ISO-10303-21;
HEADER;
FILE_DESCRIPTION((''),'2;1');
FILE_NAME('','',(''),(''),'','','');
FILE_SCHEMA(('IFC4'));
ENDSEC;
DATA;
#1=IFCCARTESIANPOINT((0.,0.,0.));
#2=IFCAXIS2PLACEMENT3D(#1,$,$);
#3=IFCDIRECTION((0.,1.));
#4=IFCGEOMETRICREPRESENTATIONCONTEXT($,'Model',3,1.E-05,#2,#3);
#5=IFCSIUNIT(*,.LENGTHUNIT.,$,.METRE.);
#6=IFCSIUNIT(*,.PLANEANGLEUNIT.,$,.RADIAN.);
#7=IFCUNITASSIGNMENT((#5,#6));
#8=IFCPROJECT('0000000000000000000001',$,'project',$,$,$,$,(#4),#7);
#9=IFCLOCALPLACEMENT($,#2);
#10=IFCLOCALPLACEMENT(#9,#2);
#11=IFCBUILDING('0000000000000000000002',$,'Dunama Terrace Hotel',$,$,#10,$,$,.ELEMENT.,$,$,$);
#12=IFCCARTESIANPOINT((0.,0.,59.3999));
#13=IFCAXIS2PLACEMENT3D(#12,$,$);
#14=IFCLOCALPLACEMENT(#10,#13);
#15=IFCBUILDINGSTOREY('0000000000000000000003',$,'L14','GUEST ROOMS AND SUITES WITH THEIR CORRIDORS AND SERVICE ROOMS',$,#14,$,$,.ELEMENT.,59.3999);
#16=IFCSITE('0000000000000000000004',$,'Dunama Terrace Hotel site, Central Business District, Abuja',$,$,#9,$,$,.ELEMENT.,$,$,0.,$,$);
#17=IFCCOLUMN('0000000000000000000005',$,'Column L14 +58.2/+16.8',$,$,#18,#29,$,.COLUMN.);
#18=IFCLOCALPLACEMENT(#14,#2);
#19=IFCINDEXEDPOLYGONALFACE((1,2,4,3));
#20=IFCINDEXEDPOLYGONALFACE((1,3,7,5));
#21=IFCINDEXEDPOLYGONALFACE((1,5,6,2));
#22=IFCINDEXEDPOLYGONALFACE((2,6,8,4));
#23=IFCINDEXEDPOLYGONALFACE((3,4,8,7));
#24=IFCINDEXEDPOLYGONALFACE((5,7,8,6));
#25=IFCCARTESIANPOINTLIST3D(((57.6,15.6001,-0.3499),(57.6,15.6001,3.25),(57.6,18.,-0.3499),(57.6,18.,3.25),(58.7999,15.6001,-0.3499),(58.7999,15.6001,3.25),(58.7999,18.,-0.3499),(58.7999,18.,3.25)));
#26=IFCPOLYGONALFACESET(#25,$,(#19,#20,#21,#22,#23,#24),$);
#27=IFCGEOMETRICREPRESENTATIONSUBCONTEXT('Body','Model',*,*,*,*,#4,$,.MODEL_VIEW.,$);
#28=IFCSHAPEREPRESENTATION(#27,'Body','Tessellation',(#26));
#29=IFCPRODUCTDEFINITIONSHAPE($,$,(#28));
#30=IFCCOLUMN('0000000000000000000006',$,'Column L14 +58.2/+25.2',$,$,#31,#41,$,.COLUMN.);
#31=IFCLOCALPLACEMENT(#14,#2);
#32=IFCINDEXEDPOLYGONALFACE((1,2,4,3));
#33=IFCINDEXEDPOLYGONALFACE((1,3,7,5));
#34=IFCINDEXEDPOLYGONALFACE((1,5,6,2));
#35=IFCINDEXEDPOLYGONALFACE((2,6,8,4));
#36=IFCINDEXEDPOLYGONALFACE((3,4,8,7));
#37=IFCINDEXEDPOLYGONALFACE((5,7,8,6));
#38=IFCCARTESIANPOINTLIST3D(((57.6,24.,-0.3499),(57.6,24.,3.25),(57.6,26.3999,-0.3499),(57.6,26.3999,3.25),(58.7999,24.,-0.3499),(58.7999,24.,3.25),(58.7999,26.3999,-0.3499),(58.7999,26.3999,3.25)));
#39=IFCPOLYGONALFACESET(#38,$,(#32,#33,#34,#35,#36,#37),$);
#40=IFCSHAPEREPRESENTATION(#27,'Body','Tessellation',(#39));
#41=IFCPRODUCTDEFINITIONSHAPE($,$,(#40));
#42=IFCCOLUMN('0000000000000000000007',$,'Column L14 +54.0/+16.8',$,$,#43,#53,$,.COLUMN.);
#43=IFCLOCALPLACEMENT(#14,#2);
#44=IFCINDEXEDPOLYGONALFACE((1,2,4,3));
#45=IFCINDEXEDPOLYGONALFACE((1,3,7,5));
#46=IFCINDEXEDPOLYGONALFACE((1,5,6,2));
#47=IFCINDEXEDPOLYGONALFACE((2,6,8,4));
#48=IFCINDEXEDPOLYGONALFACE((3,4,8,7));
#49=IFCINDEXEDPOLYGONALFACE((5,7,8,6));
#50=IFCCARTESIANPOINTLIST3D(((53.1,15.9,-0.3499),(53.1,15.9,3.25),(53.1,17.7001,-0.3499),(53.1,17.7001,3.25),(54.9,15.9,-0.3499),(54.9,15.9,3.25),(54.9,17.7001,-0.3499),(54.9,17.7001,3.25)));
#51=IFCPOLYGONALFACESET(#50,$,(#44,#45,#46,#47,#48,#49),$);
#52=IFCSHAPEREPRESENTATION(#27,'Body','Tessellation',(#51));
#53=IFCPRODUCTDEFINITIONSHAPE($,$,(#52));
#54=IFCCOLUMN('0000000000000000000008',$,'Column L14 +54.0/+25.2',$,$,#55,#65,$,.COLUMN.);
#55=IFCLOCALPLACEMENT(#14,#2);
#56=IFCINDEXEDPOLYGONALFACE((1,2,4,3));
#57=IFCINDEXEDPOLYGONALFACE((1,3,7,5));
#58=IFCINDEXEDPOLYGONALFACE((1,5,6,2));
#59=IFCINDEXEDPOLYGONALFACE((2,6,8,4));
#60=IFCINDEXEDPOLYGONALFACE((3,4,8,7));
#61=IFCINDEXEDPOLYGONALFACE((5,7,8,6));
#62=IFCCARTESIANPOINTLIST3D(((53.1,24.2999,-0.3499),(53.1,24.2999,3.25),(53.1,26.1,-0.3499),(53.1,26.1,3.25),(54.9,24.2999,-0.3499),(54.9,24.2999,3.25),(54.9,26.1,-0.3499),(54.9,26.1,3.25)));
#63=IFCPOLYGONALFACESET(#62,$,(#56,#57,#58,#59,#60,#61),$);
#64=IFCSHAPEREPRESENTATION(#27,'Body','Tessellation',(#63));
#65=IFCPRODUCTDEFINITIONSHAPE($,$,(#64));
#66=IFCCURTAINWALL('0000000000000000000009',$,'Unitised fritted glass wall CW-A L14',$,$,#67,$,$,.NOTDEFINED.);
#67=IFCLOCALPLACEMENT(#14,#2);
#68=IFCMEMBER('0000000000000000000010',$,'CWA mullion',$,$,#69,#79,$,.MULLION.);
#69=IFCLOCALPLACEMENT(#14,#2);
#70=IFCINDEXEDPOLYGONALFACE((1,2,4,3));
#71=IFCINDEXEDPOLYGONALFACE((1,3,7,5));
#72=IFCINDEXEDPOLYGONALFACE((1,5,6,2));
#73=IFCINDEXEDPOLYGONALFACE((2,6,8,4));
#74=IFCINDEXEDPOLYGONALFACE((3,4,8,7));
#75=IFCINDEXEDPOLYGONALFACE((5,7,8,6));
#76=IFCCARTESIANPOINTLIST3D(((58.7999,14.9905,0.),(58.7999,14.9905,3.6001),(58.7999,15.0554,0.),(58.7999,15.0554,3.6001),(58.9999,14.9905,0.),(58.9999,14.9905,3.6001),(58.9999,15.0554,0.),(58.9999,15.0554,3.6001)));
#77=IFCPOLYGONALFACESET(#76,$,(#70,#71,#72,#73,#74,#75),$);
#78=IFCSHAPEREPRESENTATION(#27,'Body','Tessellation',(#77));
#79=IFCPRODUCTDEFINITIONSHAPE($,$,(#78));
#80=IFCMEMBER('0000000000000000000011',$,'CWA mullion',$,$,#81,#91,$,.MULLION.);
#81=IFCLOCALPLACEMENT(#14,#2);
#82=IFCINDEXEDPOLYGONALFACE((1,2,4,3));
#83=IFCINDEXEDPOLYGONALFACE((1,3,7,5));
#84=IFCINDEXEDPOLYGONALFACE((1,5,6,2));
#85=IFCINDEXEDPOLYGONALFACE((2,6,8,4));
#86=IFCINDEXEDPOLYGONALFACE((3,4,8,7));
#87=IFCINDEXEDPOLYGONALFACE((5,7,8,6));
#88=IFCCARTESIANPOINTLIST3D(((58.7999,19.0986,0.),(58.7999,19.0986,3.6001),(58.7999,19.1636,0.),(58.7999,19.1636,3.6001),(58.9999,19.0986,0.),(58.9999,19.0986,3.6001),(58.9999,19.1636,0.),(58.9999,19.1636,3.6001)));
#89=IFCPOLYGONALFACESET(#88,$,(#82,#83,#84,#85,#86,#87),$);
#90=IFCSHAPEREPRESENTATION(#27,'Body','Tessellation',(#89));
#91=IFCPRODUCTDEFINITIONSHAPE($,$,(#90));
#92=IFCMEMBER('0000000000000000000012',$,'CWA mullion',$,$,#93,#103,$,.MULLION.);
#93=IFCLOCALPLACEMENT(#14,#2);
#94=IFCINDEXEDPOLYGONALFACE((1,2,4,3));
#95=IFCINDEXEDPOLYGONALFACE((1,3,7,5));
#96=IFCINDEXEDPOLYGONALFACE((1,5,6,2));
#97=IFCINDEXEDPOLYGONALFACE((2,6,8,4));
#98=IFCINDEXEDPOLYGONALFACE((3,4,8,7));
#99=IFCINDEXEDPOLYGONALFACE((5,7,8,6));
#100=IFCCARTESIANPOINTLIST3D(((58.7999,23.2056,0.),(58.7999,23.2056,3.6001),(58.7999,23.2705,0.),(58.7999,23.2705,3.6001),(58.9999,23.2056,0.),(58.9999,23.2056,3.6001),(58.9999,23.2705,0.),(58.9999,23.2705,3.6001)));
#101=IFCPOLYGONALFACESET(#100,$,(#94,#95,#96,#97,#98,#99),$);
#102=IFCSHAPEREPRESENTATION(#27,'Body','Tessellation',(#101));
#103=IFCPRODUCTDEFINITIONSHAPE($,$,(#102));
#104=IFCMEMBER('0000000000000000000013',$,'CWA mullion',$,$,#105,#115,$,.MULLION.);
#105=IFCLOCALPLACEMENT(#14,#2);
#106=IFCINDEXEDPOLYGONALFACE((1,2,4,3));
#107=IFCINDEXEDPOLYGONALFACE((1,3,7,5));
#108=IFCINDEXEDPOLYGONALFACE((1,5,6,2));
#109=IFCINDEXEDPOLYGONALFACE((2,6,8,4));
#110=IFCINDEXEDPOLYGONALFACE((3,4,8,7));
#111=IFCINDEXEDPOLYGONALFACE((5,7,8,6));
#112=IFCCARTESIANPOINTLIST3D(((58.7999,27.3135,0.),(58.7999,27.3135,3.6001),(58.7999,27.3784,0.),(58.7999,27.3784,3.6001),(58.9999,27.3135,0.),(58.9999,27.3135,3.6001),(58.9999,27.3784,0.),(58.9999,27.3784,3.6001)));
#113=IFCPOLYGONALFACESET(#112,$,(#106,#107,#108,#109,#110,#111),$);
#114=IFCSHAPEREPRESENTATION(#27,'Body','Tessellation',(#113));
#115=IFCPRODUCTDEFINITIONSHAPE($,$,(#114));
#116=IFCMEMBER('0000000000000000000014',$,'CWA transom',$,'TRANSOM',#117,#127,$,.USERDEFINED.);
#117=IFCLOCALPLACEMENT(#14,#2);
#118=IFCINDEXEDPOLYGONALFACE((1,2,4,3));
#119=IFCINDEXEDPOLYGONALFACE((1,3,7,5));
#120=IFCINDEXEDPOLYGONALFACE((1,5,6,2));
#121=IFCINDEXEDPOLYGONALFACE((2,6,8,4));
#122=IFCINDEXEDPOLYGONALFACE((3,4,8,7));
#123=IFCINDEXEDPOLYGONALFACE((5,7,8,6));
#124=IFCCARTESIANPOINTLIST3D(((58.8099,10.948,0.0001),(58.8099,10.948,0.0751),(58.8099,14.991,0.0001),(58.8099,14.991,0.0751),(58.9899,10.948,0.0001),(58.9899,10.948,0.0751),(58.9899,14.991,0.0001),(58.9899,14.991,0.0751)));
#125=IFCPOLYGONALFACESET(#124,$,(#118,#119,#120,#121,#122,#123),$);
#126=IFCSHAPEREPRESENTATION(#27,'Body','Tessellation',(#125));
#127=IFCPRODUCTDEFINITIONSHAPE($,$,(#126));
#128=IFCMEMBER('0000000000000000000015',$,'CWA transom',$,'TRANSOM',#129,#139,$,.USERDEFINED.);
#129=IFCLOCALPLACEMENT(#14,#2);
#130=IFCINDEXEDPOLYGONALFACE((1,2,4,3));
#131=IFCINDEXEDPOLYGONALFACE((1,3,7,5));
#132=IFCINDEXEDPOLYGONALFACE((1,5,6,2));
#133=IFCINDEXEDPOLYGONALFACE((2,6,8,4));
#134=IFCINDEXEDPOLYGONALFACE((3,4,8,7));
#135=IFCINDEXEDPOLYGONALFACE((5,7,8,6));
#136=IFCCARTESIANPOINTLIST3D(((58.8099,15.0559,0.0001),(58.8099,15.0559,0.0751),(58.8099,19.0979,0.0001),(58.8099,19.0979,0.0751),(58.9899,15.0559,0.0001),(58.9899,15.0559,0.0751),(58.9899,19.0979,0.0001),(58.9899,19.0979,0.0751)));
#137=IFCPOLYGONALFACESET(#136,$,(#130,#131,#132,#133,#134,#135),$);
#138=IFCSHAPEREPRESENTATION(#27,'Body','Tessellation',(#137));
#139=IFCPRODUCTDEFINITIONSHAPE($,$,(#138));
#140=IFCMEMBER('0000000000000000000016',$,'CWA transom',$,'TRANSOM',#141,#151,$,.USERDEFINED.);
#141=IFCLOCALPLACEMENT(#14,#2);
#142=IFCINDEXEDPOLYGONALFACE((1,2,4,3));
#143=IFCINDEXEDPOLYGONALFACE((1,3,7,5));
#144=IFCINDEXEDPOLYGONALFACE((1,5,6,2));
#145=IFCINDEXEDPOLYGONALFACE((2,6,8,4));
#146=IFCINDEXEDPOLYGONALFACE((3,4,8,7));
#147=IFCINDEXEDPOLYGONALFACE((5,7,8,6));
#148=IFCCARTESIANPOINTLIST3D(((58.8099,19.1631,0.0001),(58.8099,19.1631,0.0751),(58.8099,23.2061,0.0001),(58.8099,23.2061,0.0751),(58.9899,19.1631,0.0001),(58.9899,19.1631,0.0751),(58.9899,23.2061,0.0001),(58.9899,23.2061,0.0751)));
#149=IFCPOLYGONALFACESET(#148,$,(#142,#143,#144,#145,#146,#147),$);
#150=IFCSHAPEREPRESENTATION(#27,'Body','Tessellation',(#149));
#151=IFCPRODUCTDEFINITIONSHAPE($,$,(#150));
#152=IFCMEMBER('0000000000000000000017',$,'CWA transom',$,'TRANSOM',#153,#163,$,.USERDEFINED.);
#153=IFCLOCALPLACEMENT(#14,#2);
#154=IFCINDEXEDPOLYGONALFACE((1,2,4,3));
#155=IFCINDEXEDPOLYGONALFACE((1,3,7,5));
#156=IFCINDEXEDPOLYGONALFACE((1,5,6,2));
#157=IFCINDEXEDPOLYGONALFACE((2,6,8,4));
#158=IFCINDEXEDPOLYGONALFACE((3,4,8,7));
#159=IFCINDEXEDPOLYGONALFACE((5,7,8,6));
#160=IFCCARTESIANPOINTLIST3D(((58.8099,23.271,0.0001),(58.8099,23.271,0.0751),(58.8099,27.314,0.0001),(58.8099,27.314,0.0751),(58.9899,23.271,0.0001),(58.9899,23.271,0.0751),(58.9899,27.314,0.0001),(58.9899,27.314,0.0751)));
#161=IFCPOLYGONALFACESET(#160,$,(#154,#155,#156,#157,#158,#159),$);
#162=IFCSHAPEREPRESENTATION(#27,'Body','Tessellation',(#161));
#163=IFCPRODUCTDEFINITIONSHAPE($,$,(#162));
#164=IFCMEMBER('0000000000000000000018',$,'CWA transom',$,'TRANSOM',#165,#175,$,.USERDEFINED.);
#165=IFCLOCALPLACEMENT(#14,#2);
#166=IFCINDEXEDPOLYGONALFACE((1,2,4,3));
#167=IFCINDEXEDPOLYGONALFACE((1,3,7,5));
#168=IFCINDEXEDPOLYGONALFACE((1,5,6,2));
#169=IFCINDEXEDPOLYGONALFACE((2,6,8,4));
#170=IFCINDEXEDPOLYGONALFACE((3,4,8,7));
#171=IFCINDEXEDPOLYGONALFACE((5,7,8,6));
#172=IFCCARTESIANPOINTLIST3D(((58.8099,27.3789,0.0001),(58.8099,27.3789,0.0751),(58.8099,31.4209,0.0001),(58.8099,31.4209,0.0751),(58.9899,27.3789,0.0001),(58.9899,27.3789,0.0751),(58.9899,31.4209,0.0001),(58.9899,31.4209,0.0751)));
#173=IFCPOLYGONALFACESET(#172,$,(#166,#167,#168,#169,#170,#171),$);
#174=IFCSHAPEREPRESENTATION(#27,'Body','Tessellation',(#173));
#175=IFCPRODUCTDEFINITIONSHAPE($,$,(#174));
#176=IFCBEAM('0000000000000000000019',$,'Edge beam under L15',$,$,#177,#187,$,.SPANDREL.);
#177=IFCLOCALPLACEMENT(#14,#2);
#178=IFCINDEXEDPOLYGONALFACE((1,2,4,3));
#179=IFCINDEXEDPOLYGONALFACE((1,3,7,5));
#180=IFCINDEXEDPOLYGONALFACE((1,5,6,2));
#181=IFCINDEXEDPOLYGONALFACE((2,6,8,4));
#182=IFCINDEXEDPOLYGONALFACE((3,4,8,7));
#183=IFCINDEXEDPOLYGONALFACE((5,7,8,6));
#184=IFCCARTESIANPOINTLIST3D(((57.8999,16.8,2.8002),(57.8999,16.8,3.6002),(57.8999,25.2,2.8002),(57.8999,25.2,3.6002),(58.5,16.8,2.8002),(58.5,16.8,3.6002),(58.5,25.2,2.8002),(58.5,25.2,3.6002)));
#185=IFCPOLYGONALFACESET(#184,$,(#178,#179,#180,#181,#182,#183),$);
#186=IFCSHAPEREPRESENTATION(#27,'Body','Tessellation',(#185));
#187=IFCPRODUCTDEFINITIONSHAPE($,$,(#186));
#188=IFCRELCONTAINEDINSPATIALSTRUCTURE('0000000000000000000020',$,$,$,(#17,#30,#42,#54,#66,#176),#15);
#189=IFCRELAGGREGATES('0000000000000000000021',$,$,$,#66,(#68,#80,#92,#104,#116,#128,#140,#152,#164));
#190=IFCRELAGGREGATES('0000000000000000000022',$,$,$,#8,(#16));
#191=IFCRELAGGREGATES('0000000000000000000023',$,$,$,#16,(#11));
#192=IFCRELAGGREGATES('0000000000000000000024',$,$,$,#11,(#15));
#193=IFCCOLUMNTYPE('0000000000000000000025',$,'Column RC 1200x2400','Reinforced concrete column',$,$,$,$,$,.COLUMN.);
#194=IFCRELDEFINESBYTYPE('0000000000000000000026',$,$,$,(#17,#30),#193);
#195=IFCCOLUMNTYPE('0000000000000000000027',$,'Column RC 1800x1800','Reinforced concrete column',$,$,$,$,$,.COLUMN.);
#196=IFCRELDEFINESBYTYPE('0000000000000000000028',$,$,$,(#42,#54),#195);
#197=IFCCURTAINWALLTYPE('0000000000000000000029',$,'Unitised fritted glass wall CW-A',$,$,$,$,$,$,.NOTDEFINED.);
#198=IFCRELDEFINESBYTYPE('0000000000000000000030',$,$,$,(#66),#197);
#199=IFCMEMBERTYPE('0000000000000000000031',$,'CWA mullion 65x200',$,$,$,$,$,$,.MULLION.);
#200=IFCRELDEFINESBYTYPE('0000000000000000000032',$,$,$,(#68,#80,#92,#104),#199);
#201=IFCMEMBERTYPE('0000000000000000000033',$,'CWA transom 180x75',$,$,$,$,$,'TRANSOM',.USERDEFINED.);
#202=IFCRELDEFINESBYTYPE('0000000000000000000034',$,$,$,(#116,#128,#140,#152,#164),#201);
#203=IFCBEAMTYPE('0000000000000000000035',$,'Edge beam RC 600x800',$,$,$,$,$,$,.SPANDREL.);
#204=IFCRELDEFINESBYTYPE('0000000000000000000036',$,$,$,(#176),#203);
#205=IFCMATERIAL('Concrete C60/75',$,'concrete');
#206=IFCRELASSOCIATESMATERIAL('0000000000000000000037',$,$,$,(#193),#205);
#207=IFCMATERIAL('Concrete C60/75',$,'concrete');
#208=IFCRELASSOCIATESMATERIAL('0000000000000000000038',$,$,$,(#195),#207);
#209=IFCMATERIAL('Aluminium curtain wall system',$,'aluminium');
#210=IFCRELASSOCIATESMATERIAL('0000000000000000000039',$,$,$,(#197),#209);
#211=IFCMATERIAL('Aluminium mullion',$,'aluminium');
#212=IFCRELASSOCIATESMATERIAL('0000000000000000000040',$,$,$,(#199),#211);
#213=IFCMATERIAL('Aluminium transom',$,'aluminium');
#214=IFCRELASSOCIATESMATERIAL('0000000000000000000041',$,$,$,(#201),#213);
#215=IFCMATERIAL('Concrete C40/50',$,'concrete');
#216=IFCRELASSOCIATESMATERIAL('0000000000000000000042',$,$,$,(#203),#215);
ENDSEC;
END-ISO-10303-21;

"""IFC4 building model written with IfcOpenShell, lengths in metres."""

from ifc_helpers import new_model, si_unit, direction, frame, origin, origin_2d, place, context, subcontext, project, spatial, rectangle, extrude, material, material_profile, profile_set, type_object, element, aggregate, save


model = new_model("IFC4")

# Units and contexts
model_context = context("Model", 3, precision=1e-05, world=origin(), true_north=direction((0.0, 1.0)))
body_context = subcontext(model_context, "Body", "Model", "MODEL_VIEW")
ifc_project = project(units=[si_unit("LENGTHUNIT", "METRE"), si_unit("PLANEANGLEUNIT", "RADIAN")], contexts=[model_context])

# Site, building, storey
site_placement = place(None, origin())
site = spatial("IfcSite", under=ifc_project, at=site_placement, Name="Dunama Terrace Hotel site, Central Business District, Abuja", CompositionType="ELEMENT", RefElevation=0.0)
building_placement = place(site_placement, origin())
building = spatial("IfcBuilding", under=site, at=building_placement, Name="Dunama Terrace Hotel", CompositionType="ELEMENT")
storey_placement = place(building_placement, frame((0.0, 0.0, 59.3999)))
storey = spatial("IfcBuildingStorey", under=building, at=storey_placement, Name="L14", Description="GUEST ROOMS AND SUITES WITH THEIR CORRIDORS AND SERVICE ROOMS", CompositionType="ELEMENT", Elevation=59.3999)

# Columns
ifc_material_1 = material(Name="Concrete C60/75", Category="concrete")
ifc_material_profile_1 = material_profile(ifc_material_1, rectangle(XDim=1.2, YDim=2.3999, at=origin_2d()), Name="RC 1200x2400")
ifc_profile_set_1 = profile_set([ifc_material_profile_1], Name="Concrete C60/75")
column_type_1 = type_object("IfcColumnType", Name="Column RC 1200x2400", Description="Reinforced concrete column", PredefinedType="COLUMN", material=ifc_profile_set_1)
for number, where, z_axis, x_axis, name in (
    (1, (58.2, 16.8, -0.3499), (0.0, 0.0, 1.0), (1.0, 0.0, 0.0), "Column L14 +58.2/+16.8"),
    (2, (58.2, 25.2, -0.3499), (0.0, 0.0, 1.0), (1.0, 0.0, 0.0), "Column L14 +58.2/+25.2"),
):
    element("IfcColumn", number, at=place(storey_placement, frame(where, z_axis=z_axis, x_axis=x_axis)), inside=storey, type_object=column_type_1, Name=name, PredefinedType="COLUMN", context=body_context, shape_type="SweptSolid", body=[
        extrude(rectangle(XDim=1.2, YDim=2.3999, at=origin_2d()), origin(), (0.0, 0.0, 1.0), 3.5999),
    ])
ifc_material_2 = material(Name="Concrete C60/75", Category="concrete")
ifc_material_profile_2 = material_profile(ifc_material_2, rectangle(XDim=1.8, YDim=1.8, at=origin_2d()), Name="RC 1800x1800")
ifc_profile_set_2 = profile_set([ifc_material_profile_2], Name="Concrete C60/75")
column_type_2 = type_object("IfcColumnType", Name="Column RC 1800x1800", Description="Reinforced concrete column", PredefinedType="COLUMN", material=ifc_profile_set_2)
for number, where, z_axis, x_axis, name in (
    (3, (54.0, 16.8, -0.3499), (0.0, 0.0, 1.0), (1.0, 0.0, 0.0), "Column L14 +54.0/+16.8"),
    (4, (54.0, 25.2, -0.3499), (0.0, 0.0, 1.0), (1.0, 0.0, 0.0), "Column L14 +54.0/+25.2"),
):
    element("IfcColumn", number, at=place(storey_placement, frame(where, z_axis=z_axis, x_axis=x_axis)), inside=storey, type_object=column_type_2, Name=name, PredefinedType="COLUMN", context=body_context, shape_type="SweptSolid", body=[
        extrude(rectangle(XDim=1.8, YDim=1.8, at=origin_2d()), origin(), (0.0, 0.0, 1.0), 3.5999),
    ])

# Curtain wall, members
ifc_material_3 = material(Name="Aluminium curtain wall system", Category="aluminium")
curtain_wall_type = type_object("IfcCurtainWallType", Name="Unitised fritted glass wall CW-A", PredefinedType="NOTDEFINED", material=ifc_material_3)
curtain_wall_placement = place(storey_placement, origin())
curtain_wall = element("IfcCurtainWall", 5, at=curtain_wall_placement, inside=storey, type_object=curtain_wall_type, Name="Unitised fritted glass wall CW-A L14", PredefinedType="NOTDEFINED")
ifc_material_4 = material(Name="Aluminium mullion", Category="aluminium")
ifc_material_profile_3 = material_profile(ifc_material_4, rectangle(XDim=0.0649, YDim=0.2, at=origin_2d()), Name="CWA MULLION 65X200")
ifc_profile_set_3 = profile_set([ifc_material_profile_3], Name="Aluminium mullion")
member_type_1 = type_object("IfcMemberType", Name="CWA mullion 65x200", PredefinedType="MULLION", material=ifc_profile_set_3)
member_1_placement = place(storey_placement, frame((58.8999, 15.0229, 0.0), z_axis=(0.0, 0.0, 1.0), x_axis=(0.0, 1.0, 0.0)))
member_1 = element("IfcMember", 6, at=member_1_placement, type_object=member_type_1, Name="CWA mullion", PredefinedType="MULLION", context=body_context, shape_type="SweptSolid", body=[
    extrude(rectangle(XDim=0.0649, YDim=0.2, at=origin_2d()), origin(), (0.0, 0.0, 1.0), 3.6001),
])
member_2_placement = place(storey_placement, frame((58.8999, 19.1311, 0.0), z_axis=(0.0, 0.0, 1.0), x_axis=(0.0, 1.0, 0.0)))
member_2 = element("IfcMember", 7, at=member_2_placement, type_object=member_type_1, Name="CWA mullion", PredefinedType="MULLION", context=body_context, shape_type="SweptSolid", body=[
    extrude(rectangle(XDim=0.0649, YDim=0.2, at=origin_2d()), origin(), (0.0, 0.0, 1.0), 3.6001),
])
member_3_placement = place(storey_placement, frame((58.8999, 23.238, 0.0), z_axis=(0.0, 0.0, 1.0), x_axis=(0.0, 1.0, 0.0)))
member_3 = element("IfcMember", 8, at=member_3_placement, type_object=member_type_1, Name="CWA mullion", PredefinedType="MULLION", context=body_context, shape_type="SweptSolid", body=[
    extrude(rectangle(XDim=0.0649, YDim=0.2, at=origin_2d()), origin(), (0.0, 0.0, 1.0), 3.6001),
])
member_4_placement = place(storey_placement, frame((58.8999, 27.3459, 0.0), z_axis=(0.0, 0.0, 1.0), x_axis=(0.0, 1.0, 0.0)))
member_4 = element("IfcMember", 9, at=member_4_placement, type_object=member_type_1, Name="CWA mullion", PredefinedType="MULLION", context=body_context, shape_type="SweptSolid", body=[
    extrude(rectangle(XDim=0.0649, YDim=0.2, at=origin_2d()), origin(), (0.0, 0.0, 1.0), 3.6001),
])
ifc_material_5 = material(Name="Aluminium transom", Category="aluminium")
ifc_material_profile_4 = material_profile(ifc_material_5, rectangle(XDim=0.1799, YDim=0.075, at=origin_2d()), Name="CWA TRANSOM 180X75")
ifc_profile_set_4 = profile_set([ifc_material_profile_4], Name="Aluminium transom")
member_type_2 = type_object("IfcMemberType", Name="CWA transom 180x75", ElementType="TRANSOM", PredefinedType="USERDEFINED", material=ifc_profile_set_4)
member_5_placement = place(storey_placement, frame((58.8999, 10.948, 0.0376), z_axis=(0.0, 1.0, 0.0), x_axis=(-1.0, 0.0, 0.0)))
member_5 = element("IfcMember", 10, at=member_5_placement, type_object=member_type_2, Name="CWA transom", ObjectType="TRANSOM", PredefinedType="USERDEFINED", context=body_context, shape_type="SweptSolid", body=[
    extrude(rectangle(XDim=0.1799, YDim=0.075, at=origin_2d()), origin(), (0.0, 0.0, 1.0), 4.043),
])
member_6_placement = place(storey_placement, frame((58.8999, 15.0559, 0.0376), z_axis=(0.0, 1.0, 0.0), x_axis=(-1.0, 0.0, 0.0)))
member_6 = element("IfcMember", 11, at=member_6_placement, type_object=member_type_2, Name="CWA transom", ObjectType="TRANSOM", PredefinedType="USERDEFINED", context=body_context, shape_type="SweptSolid", body=[
    extrude(rectangle(XDim=0.1799, YDim=0.075, at=origin_2d()), origin(), (0.0, 0.0, 1.0), 4.042),
])
member_7_placement = place(storey_placement, frame((58.8999, 19.1631, 0.0376), z_axis=(0.0, 1.0, 0.0), x_axis=(-1.0, 0.0, 0.0)))
member_7 = element("IfcMember", 12, at=member_7_placement, type_object=member_type_2, Name="CWA transom", ObjectType="TRANSOM", PredefinedType="USERDEFINED", context=body_context, shape_type="SweptSolid", body=[
    extrude(rectangle(XDim=0.1799, YDim=0.075, at=origin_2d()), origin(), (0.0, 0.0, 1.0), 4.043),
])
member_8_placement = place(storey_placement, frame((58.8999, 23.271, 0.0376), z_axis=(0.0, 1.0, 0.0), x_axis=(-1.0, 0.0, 0.0)))
member_8 = element("IfcMember", 13, at=member_8_placement, type_object=member_type_2, Name="CWA transom", ObjectType="TRANSOM", PredefinedType="USERDEFINED", context=body_context, shape_type="SweptSolid", body=[
    extrude(rectangle(XDim=0.1799, YDim=0.075, at=origin_2d()), origin(), (0.0, 0.0, 1.0), 4.043),
])
member_9_placement = place(storey_placement, frame((58.8999, 27.3789, 0.0376), z_axis=(0.0, 1.0, 0.0), x_axis=(-1.0, 0.0, 0.0)))
member_9 = element("IfcMember", 14, at=member_9_placement, type_object=member_type_2, Name="CWA transom", ObjectType="TRANSOM", PredefinedType="USERDEFINED", context=body_context, shape_type="SweptSolid", body=[
    extrude(rectangle(XDim=0.1799, YDim=0.075, at=origin_2d()), origin(), (0.0, 0.0, 1.0), 4.042),
])

# Beam
ifc_material_6 = material(Name="Concrete C40/50", Category="concrete")
ifc_material_profile_5 = material_profile(ifc_material_6, rectangle(XDim=0.6001, YDim=0.8, at=origin_2d()), Name="RC 600x800")
ifc_profile_set_5 = profile_set([ifc_material_profile_5], Name="Concrete C40/50")
beam_type = type_object("IfcBeamType", Name="Edge beam RC 600x800", PredefinedType="SPANDREL", material=ifc_profile_set_5)
beam_1_placement = place(storey_placement, frame((58.2, 16.8, 3.2002), z_axis=(0.0, 1.0, 0.0), x_axis=(-1.0, 0.0, 0.0)))
element("IfcBeam", 15, at=beam_1_placement, inside=storey, type_object=beam_type, Name="Edge beam under L15", PredefinedType="SPANDREL", context=body_context, shape_type="SweptSolid", body=[
    extrude(rectangle(XDim=0.6001, YDim=0.8, at=origin_2d()), origin(), (0.0, 0.0, 1.0), 8.3999),
])

aggregate(curtain_wall, [member_1, member_2, member_3, member_4, member_5, member_6, member_7, member_8, member_9])

save(model, "model.ifc")
